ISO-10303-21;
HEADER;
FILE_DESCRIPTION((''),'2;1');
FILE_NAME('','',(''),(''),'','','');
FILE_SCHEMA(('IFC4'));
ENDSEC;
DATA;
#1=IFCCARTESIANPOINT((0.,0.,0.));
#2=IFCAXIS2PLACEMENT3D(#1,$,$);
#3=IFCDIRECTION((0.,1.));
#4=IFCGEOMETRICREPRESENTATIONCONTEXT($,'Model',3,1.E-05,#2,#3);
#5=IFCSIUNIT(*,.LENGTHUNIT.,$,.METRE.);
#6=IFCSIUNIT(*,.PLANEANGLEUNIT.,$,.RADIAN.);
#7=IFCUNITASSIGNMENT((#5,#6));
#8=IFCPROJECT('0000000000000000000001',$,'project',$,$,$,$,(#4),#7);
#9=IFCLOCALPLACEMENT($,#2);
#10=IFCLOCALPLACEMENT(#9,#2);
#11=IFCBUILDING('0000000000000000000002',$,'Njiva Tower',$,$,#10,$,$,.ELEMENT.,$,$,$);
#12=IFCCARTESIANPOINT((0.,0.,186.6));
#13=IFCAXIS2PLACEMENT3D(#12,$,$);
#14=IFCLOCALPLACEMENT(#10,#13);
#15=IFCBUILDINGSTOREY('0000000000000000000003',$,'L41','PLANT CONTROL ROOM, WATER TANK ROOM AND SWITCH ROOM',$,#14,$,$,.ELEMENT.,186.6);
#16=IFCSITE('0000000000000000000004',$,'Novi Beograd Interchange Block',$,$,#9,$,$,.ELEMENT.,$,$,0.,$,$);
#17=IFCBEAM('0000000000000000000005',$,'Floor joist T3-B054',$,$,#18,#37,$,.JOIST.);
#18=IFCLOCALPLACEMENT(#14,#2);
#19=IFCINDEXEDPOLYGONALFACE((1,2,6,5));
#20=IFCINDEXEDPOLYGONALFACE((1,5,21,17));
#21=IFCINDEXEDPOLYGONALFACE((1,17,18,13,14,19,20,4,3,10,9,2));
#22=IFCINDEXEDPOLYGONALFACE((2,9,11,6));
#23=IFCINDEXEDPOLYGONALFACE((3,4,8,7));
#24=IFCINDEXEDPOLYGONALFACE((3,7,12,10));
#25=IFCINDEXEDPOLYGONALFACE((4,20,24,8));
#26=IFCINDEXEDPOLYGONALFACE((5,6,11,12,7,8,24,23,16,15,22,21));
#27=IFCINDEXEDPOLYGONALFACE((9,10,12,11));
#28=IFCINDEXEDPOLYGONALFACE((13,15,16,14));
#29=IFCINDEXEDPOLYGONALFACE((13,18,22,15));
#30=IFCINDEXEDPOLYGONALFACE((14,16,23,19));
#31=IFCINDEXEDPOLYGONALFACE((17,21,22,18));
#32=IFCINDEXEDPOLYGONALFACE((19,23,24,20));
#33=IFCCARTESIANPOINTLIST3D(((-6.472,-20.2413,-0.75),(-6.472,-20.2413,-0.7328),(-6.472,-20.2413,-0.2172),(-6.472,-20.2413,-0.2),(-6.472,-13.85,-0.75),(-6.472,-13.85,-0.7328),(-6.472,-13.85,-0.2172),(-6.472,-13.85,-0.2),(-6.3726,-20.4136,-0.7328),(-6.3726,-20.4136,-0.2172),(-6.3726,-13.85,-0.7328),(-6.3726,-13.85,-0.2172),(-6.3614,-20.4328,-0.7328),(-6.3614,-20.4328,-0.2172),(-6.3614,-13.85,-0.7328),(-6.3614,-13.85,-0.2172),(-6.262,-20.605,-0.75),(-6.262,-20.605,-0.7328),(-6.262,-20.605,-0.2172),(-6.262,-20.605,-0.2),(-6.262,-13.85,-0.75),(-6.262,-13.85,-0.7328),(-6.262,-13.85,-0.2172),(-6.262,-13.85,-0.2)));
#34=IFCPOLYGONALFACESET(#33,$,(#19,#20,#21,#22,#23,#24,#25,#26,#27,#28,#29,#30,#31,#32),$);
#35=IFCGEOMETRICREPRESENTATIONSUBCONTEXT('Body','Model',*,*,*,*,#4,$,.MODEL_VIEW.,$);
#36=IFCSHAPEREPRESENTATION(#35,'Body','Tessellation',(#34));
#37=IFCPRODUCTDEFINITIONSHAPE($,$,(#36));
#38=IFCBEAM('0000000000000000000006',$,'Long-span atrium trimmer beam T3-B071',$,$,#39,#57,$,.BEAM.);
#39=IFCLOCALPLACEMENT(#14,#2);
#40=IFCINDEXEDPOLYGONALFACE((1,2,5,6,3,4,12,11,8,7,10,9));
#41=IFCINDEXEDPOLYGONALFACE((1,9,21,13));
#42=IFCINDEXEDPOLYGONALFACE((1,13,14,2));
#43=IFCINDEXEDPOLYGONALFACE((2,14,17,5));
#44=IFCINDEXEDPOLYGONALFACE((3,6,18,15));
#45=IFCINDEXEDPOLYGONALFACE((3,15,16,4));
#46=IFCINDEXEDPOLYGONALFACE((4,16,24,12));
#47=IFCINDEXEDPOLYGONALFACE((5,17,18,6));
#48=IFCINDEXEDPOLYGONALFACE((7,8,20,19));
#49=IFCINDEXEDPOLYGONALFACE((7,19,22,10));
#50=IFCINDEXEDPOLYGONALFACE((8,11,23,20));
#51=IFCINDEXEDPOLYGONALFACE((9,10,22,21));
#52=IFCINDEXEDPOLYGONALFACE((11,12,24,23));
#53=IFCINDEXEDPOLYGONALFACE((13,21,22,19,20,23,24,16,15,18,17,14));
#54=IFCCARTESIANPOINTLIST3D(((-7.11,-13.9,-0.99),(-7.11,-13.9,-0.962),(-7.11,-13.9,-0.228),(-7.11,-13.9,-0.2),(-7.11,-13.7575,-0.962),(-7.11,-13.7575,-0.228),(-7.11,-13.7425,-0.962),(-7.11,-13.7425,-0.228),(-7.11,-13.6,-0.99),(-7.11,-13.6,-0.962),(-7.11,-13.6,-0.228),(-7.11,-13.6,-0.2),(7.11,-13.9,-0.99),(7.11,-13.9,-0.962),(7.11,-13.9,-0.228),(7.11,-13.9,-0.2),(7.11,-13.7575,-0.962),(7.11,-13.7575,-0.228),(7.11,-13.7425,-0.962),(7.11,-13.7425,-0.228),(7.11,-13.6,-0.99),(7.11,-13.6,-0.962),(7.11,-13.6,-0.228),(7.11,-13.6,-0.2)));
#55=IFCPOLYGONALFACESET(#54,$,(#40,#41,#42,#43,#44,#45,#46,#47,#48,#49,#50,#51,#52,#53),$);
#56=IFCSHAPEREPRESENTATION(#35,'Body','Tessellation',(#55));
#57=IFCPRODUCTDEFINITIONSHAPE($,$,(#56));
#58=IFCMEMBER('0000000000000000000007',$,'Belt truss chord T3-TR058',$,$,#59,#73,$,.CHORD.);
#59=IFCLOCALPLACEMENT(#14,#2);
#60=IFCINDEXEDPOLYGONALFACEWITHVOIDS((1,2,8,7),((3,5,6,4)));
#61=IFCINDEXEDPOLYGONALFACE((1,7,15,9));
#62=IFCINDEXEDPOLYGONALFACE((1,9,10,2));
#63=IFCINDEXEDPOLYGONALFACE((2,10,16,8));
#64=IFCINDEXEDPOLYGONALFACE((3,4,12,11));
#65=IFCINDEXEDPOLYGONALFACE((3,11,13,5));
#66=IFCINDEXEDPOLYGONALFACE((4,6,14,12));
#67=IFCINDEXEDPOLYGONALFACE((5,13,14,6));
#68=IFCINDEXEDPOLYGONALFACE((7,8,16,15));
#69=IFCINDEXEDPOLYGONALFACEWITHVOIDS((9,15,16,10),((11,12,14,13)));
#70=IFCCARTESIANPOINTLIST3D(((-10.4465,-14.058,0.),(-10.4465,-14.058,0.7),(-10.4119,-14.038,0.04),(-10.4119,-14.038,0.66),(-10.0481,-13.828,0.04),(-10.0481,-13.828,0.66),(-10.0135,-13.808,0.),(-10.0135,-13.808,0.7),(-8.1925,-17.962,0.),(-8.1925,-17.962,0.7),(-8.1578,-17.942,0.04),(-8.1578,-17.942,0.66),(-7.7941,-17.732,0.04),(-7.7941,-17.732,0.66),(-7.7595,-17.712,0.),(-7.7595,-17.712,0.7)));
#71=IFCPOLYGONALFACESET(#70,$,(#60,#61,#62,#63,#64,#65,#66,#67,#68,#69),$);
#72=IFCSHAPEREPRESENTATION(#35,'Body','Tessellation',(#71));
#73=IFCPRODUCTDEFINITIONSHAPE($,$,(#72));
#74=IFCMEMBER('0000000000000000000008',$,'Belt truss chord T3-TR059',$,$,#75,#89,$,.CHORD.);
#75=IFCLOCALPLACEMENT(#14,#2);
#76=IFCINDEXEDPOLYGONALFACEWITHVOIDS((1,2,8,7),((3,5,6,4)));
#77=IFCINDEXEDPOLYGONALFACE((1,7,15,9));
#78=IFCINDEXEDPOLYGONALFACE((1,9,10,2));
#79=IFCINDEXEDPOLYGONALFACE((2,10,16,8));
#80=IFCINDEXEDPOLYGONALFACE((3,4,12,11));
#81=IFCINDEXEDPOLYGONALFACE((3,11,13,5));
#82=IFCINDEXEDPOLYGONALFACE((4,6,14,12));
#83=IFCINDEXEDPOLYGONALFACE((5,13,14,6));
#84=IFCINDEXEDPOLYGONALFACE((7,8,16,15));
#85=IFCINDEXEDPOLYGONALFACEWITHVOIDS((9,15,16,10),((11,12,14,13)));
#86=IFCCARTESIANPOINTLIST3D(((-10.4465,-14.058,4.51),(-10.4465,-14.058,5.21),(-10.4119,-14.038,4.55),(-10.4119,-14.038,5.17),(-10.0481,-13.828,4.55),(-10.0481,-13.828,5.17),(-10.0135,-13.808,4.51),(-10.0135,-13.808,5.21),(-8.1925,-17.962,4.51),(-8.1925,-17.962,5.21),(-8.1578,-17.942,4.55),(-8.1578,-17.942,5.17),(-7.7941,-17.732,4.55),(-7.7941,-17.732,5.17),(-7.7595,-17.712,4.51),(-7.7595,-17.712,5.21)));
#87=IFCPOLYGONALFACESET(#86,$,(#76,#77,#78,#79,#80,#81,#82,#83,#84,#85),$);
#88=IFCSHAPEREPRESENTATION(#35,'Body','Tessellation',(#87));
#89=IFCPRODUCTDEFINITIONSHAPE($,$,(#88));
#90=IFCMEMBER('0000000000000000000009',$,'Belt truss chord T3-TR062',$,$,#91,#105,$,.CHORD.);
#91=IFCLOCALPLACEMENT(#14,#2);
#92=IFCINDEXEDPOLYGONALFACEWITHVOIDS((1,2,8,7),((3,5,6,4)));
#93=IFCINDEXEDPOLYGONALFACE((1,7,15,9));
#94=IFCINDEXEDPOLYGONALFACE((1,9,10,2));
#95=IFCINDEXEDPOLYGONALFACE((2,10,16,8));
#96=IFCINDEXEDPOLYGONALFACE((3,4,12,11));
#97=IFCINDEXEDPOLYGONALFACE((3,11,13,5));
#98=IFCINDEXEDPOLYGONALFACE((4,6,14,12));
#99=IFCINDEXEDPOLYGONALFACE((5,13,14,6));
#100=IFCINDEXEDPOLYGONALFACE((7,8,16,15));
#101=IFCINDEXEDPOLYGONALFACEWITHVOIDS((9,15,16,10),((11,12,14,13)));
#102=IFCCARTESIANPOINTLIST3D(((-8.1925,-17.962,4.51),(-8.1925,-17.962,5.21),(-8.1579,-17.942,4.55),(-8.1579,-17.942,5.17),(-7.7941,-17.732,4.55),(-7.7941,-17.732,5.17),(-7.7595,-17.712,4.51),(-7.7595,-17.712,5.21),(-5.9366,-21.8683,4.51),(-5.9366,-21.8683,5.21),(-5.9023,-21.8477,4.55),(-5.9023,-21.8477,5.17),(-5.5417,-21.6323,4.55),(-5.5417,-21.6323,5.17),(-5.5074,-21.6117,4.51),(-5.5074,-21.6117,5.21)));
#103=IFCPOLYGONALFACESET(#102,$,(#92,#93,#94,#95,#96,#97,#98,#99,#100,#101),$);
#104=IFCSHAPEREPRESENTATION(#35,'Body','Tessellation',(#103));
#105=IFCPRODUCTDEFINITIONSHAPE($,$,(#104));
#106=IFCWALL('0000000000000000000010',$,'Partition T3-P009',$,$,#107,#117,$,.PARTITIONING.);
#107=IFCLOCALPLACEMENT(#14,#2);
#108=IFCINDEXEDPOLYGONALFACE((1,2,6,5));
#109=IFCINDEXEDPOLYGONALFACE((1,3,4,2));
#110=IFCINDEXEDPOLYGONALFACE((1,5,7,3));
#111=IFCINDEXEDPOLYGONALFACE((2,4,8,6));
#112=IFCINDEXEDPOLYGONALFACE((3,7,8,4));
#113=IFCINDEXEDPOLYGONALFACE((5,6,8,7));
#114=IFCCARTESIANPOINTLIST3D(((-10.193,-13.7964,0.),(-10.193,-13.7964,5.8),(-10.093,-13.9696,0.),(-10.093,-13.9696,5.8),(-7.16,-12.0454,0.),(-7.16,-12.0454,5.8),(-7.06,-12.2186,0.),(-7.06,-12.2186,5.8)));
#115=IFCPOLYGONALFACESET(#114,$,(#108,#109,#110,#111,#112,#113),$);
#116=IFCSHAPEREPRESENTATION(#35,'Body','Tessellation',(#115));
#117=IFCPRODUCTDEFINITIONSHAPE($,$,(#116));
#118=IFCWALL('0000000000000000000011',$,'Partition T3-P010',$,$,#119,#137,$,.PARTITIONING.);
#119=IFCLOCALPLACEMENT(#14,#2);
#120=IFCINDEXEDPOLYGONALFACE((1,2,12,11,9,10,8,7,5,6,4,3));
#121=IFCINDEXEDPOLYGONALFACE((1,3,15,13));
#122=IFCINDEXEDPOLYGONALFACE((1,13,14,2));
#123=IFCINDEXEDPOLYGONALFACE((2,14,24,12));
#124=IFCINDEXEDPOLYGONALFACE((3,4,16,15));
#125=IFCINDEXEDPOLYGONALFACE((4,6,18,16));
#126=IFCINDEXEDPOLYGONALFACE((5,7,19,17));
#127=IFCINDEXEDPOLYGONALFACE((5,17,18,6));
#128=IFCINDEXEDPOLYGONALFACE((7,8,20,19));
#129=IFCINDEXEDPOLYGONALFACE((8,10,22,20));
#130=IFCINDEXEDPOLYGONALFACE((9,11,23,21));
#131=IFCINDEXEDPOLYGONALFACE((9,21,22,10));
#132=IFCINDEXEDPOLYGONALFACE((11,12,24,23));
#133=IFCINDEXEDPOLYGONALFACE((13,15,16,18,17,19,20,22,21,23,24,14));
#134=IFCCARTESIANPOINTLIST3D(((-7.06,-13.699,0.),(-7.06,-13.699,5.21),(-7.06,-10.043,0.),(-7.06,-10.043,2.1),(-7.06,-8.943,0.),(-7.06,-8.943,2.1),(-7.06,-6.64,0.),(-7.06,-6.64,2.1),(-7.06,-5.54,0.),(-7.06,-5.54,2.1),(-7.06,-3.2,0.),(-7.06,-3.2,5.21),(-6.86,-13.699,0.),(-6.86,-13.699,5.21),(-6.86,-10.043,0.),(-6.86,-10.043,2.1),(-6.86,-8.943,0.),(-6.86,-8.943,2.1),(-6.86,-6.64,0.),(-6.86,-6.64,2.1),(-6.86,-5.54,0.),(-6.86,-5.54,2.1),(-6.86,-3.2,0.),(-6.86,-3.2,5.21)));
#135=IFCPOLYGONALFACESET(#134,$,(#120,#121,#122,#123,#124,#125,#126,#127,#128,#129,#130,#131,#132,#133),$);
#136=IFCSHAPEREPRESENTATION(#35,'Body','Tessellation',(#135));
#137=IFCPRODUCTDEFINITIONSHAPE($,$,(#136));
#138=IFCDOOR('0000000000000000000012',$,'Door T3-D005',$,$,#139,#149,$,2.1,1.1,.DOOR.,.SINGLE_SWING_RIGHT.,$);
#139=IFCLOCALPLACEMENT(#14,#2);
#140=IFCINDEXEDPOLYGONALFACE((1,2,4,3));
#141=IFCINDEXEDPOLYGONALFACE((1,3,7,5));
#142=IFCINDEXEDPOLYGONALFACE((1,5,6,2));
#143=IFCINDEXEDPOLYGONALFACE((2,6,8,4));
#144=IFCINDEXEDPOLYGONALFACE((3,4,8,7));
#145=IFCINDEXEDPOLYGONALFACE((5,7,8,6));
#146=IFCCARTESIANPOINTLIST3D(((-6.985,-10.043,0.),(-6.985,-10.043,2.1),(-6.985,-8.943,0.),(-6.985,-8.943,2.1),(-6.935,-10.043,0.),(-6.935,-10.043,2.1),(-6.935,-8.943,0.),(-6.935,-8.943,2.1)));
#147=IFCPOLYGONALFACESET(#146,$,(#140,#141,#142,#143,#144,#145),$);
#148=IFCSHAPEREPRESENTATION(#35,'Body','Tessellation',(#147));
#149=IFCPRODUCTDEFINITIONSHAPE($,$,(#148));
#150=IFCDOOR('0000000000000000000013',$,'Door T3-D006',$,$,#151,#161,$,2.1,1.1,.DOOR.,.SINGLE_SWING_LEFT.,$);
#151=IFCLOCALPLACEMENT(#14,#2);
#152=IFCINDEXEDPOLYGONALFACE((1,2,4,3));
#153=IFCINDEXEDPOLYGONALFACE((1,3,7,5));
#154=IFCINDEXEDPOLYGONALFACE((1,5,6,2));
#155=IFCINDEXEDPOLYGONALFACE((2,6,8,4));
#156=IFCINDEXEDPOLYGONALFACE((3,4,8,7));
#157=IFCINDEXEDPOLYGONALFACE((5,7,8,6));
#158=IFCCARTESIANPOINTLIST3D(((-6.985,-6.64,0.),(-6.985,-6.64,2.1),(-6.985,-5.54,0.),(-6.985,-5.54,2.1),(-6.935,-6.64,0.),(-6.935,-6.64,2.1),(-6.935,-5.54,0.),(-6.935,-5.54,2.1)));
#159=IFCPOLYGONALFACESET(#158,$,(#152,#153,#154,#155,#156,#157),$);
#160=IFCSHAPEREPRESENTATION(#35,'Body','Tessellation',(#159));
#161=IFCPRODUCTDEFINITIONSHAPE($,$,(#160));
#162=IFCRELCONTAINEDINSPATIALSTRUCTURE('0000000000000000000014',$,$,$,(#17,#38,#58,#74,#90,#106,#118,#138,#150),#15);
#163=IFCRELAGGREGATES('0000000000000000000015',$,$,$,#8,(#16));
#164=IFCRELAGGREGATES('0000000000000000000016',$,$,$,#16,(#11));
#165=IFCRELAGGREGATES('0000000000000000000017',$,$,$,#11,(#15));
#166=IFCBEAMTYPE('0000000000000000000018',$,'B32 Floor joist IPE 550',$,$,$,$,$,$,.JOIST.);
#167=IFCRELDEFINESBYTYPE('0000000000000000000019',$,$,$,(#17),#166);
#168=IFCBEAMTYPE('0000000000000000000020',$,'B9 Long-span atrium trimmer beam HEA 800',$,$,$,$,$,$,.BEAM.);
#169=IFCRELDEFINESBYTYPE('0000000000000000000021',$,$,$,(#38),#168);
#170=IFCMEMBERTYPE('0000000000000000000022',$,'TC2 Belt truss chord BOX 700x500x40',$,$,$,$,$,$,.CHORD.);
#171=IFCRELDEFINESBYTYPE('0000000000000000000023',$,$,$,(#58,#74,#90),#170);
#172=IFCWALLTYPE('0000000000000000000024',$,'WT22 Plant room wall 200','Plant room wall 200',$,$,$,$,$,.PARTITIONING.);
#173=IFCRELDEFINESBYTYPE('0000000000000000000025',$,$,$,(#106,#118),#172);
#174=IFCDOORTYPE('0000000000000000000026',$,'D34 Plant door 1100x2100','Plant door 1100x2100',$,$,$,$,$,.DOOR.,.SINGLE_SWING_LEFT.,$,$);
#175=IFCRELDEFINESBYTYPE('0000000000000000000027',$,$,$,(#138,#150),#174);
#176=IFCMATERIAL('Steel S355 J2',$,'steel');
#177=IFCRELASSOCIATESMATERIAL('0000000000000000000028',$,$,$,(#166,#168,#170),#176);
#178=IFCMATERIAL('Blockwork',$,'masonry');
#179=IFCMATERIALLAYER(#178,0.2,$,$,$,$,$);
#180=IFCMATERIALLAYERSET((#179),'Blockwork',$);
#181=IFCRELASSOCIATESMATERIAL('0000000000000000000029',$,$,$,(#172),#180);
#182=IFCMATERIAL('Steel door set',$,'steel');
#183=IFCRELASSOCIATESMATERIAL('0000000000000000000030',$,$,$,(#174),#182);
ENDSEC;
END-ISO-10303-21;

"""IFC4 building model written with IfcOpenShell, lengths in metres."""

from ifc_helpers import new_model, si_unit, direction, frame, frame_2d, origin, origin_2d, place, context, subcontext, project, spatial, rectangle, hollow_rectangle, i_section, extrude, clip, halfspace, material, layer, layer_set, material_profile, profile_set, type_object, element, fill, save


model = new_model("IFC4")

# Units and contexts
model_context = context("Model", 3, precision=1e-05, world=origin(), true_north=direction((0.0, 1.0)))
body_context = subcontext(model_context, "Body", "Model", "MODEL_VIEW")
ifc_project = project(units=[si_unit("LENGTHUNIT", "METRE"), si_unit("PLANEANGLEUNIT", "RADIAN")], contexts=[model_context])

# Site, building, storey
site_placement = place(None, origin())
site = spatial("IfcSite", under=ifc_project, at=site_placement, Name="Novi Beograd Interchange Block", CompositionType="ELEMENT", RefElevation=0.0)
building_placement = place(site_placement, origin())
building = spatial("IfcBuilding", under=site, at=building_placement, Name="Njiva Tower", CompositionType="ELEMENT")
storey_placement = place(building_placement, frame((0.0, 0.0, 186.6)))
storey = spatial("IfcBuildingStorey", under=building, at=storey_placement, Name="L41", Description="PLANT CONTROL ROOM, WATER TANK ROOM AND SWITCH ROOM", CompositionType="ELEMENT", Elevation=186.6)

# Shared definitions
ifc_material_1 = material(Name="Steel S355 J2", Category="steel")

# Beams
ifc_material_profile_1 = material_profile(ifc_material_1, i_section(OverallWidth=0.21, OverallDepth=0.55, WebThickness=0.0111, FlangeThickness=0.0172, at=origin_2d()), Name="IPE 550")
ifc_profile_set_1 = profile_set([ifc_material_profile_1], Name="Steel S355 J2")
beam_type_1 = type_object("IfcBeamType", Name="B32 Floor joist IPE 550", PredefinedType="JOIST", material=ifc_profile_set_1)
beam_1_placement = place(storey_placement, frame((-6.367, -13.85, -0.475), z_axis=(0.0, -1.0, 0.0), x_axis=(1.0, 0.0, 0.0)))
element("IfcBeam", 1, at=beam_1_placement, inside=storey, type_object=beam_type_1, Name="Floor joist T3-B054", PredefinedType="JOIST", context=body_context, shape_type="Clipping", body=[
    clip(extrude(i_section(OverallWidth=0.21, OverallDepth=0.55, WebThickness=0.0111, FlangeThickness=0.0172, at=origin_2d()), origin(), (0.0, 0.0, 1.0), 6.776), halfspace(frame((-0.043, 0.0, 6.4987), z_axis=(-0.866027, 0.0, 0.499998), x_axis=(0.0, 1.0, 0.0)), False)),
])
ifc_material_profile_2 = material_profile(ifc_material_1, i_section(OverallWidth=0.3, OverallDepth=0.79, WebThickness=0.015, FlangeThickness=0.028, at=origin_2d()), Name="HEA 800")
ifc_profile_set_2 = profile_set([ifc_material_profile_2], Name="Steel S355 J2")
beam_type_2 = type_object("IfcBeamType", Name="B9 Long-span atrium trimmer beam HEA 800", PredefinedType="BEAM", material=ifc_profile_set_2)
beam_2_placement = place(storey_placement, frame((-7.11, -13.75, -0.595), z_axis=(1.0, 0.0, 0.0), x_axis=(0.0, 1.0, 0.0)))
element("IfcBeam", 2, at=beam_2_placement, inside=storey, type_object=beam_type_2, Name="Long-span atrium trimmer beam T3-B071", PredefinedType="BEAM", context=body_context, shape_type="SweptSolid", body=[
    extrude(i_section(OverallWidth=0.3, OverallDepth=0.79, WebThickness=0.015, FlangeThickness=0.028, at=origin_2d()), origin(), (0.0, 0.0, 1.0), 14.22),
])

# Members
ifc_material_profile_3 = material_profile(ifc_material_1, hollow_rectangle(XDim=0.5, YDim=0.7, WallThickness=0.04, at=origin_2d()), Name="BOX 700x500x40")
ifc_profile_set_3 = profile_set([ifc_material_profile_3], Name="Steel S355 J2")
member_type_1 = type_object("IfcMemberType", Name="TC2 Belt truss chord BOX 700x500x40", PredefinedType="CHORD", material=ifc_profile_set_3)
for number, where, z_axis, x_axis, name in (
    (3, (-10.23, -13.933, 0.35), (0.500004, -0.866023, 0.0), (0.866023, 0.500004, 0.0), "Belt truss chord T3-TR058"),
    (4, (-10.23, -13.933, 4.86), (0.500004, -0.866023, 0.0), (0.866023, 0.500004, 0.0), "Belt truss chord T3-TR059"),
):
    element("IfcMember", number, at=place(storey_placement, frame(where, z_axis=z_axis, x_axis=x_axis)), inside=storey, type_object=member_type_1, Name=name, PredefinedType="CHORD", context=body_context, shape_type="SweptSolid", body=[
        extrude(hollow_rectangle(XDim=0.5, YDim=0.7, WallThickness=0.04, at=origin_2d()), origin(), (0.0, 0.0, 1.0), 4.508),
    ])
member_1_placement = place(storey_placement, frame((-7.976, -17.837, 4.86), z_axis=(0.5001, -0.865968, 0.0), x_axis=(0.865968, 0.5001, 0.0)))
element("IfcMember", 5, at=member_1_placement, inside=storey, type_object=member_type_1, Name="Belt truss chord T3-TR062", PredefinedType="CHORD", context=body_context, shape_type="Clipping", body=[
    clip(extrude(hollow_rectangle(XDim=0.5, YDim=0.7, WallThickness=0.04, at=origin_2d()), origin(), (0.0, 0.0, 1.0), 4.5411), halfspace(frame((0.0, -191.46, 4.5071), z_axis=(0.014969, 0.0, 0.999888), x_axis=(0.0, 1.0, 0.0)), False)),
])

# Wall
ifc_material_2 = material(Name="Blockwork", Category="masonry")
ifc_layer_1 = layer(ifc_material_2, 0.2)
ifc_layer_set_1 = layer_set([ifc_layer_1], Name="Blockwork")
wall_type_1 = type_object("IfcWallType", Name="WT22 Plant room wall 200", Description="Plant room wall 200", PredefinedType="PARTITIONING", material=ifc_layer_set_1)
wall_1_placement = place(storey_placement, frame((-10.143, -13.883, 0.0), z_axis=(0.0, 0.0, 1.0), x_axis=(0.866038, 0.499978, 0.0)))
element("IfcWall", 6, at=wall_1_placement, inside=storey, type_object=wall_type_1, Name="Partition T3-P009", PredefinedType="PARTITIONING", context=body_context, shape_type="SweptSolid", body=[
    extrude(rectangle(XDim=3.5022, YDim=0.2, at=frame_2d((1.7511, 0.0))), origin(), (0.0, 0.0, 1.0), 5.8),
])

# Wall, openings, doors
wall_2_placement = place(storey_placement, frame((-6.96, -13.699, 0.0), z_axis=(0.0, 0.0, 1.0), x_axis=(0.0, 1.0, 0.0)))
wall_2 = element("IfcWall", 7, at=wall_2_placement, inside=storey, type_object=wall_type_1, Name="Partition T3-P010", PredefinedType="PARTITIONING", context=body_context, shape_type="SweptSolid", body=[
    extrude(rectangle(XDim=10.499, YDim=0.2, at=frame_2d((5.2495, 0.0))), origin(), (0.0, 0.0, 1.0), 5.21),
])
opening_1_placement = place(wall_2_placement, frame((3.656, 0.0, 0.0)))
opening_1 = element("IfcOpeningElement", 8, at=opening_1_placement, cuts=wall_2, PredefinedType="OPENING", context=body_context, shape_type="SweptSolid", body=[
    extrude(rectangle(XDim=1.1, YDim=2.1, at=frame_2d((0.55, 1.05))), frame((0.0, 0.11, 0.0), z_axis=(0.0, -1.0, 0.0), x_axis=(1.0, 0.0, 0.0)), (0.0, 0.0, 1.0), 0.22),
])
opening_2_placement = place(wall_2_placement, frame((7.059, 0.0, 0.0)))
opening_2 = element("IfcOpeningElement", 9, at=opening_2_placement, cuts=wall_2, PredefinedType="OPENING", context=body_context, shape_type="SweptSolid", body=[
    extrude(rectangle(XDim=1.1, YDim=2.1, at=frame_2d((0.55, 1.05))), frame((0.0, 0.11, 0.0), z_axis=(0.0, -1.0, 0.0), x_axis=(1.0, 0.0, 0.0)), (0.0, 0.0, 1.0), 0.22),
])
ifc_material_3 = material(Name="Steel door set", Category="steel")
door_type = type_object("IfcDoorType", Name="D34 Plant door 1100x2100", Description="Plant door 1100x2100", OperationType="SINGLE_SWING_LEFT", PredefinedType="DOOR", material=ifc_material_3)
door_1_placement = place(opening_1_placement, origin())
door_1 = element("IfcDoor", 10, at=door_1_placement, inside=storey, type_object=door_type, Name="Door T3-D005", OperationType="SINGLE_SWING_RIGHT", OverallHeight=2.1, OverallWidth=1.1, PredefinedType="DOOR", context=body_context, shape_type="SweptSolid", body=[
    extrude(rectangle(XDim=1.1, YDim=2.1, at=frame_2d((0.55, 1.05))), frame((0.0, 0.025, 0.0), z_axis=(0.0, -1.0, 0.0), x_axis=(1.0, 0.0, 0.0)), (0.0, 0.0, 1.0), 0.05),
])
fill(opening_1, door_1)
door_2_placement = place(opening_2_placement, origin())
door_2 = element("IfcDoor", 11, at=door_2_placement, inside=storey, type_object=door_type, Name="Door T3-D006", OperationType="SINGLE_SWING_LEFT", OverallHeight=2.1, OverallWidth=1.1, PredefinedType="DOOR", context=body_context, shape_type="SweptSolid", body=[
    extrude(rectangle(XDim=1.1, YDim=2.1, at=frame_2d((0.55, 1.05))), frame((0.0, 0.025, 0.0), z_axis=(0.0, -1.0, 0.0), x_axis=(1.0, 0.0, 0.0)), (0.0, 0.0, 1.0), 0.05),
])
fill(opening_2, door_2)

save(model, "model.ifc")
